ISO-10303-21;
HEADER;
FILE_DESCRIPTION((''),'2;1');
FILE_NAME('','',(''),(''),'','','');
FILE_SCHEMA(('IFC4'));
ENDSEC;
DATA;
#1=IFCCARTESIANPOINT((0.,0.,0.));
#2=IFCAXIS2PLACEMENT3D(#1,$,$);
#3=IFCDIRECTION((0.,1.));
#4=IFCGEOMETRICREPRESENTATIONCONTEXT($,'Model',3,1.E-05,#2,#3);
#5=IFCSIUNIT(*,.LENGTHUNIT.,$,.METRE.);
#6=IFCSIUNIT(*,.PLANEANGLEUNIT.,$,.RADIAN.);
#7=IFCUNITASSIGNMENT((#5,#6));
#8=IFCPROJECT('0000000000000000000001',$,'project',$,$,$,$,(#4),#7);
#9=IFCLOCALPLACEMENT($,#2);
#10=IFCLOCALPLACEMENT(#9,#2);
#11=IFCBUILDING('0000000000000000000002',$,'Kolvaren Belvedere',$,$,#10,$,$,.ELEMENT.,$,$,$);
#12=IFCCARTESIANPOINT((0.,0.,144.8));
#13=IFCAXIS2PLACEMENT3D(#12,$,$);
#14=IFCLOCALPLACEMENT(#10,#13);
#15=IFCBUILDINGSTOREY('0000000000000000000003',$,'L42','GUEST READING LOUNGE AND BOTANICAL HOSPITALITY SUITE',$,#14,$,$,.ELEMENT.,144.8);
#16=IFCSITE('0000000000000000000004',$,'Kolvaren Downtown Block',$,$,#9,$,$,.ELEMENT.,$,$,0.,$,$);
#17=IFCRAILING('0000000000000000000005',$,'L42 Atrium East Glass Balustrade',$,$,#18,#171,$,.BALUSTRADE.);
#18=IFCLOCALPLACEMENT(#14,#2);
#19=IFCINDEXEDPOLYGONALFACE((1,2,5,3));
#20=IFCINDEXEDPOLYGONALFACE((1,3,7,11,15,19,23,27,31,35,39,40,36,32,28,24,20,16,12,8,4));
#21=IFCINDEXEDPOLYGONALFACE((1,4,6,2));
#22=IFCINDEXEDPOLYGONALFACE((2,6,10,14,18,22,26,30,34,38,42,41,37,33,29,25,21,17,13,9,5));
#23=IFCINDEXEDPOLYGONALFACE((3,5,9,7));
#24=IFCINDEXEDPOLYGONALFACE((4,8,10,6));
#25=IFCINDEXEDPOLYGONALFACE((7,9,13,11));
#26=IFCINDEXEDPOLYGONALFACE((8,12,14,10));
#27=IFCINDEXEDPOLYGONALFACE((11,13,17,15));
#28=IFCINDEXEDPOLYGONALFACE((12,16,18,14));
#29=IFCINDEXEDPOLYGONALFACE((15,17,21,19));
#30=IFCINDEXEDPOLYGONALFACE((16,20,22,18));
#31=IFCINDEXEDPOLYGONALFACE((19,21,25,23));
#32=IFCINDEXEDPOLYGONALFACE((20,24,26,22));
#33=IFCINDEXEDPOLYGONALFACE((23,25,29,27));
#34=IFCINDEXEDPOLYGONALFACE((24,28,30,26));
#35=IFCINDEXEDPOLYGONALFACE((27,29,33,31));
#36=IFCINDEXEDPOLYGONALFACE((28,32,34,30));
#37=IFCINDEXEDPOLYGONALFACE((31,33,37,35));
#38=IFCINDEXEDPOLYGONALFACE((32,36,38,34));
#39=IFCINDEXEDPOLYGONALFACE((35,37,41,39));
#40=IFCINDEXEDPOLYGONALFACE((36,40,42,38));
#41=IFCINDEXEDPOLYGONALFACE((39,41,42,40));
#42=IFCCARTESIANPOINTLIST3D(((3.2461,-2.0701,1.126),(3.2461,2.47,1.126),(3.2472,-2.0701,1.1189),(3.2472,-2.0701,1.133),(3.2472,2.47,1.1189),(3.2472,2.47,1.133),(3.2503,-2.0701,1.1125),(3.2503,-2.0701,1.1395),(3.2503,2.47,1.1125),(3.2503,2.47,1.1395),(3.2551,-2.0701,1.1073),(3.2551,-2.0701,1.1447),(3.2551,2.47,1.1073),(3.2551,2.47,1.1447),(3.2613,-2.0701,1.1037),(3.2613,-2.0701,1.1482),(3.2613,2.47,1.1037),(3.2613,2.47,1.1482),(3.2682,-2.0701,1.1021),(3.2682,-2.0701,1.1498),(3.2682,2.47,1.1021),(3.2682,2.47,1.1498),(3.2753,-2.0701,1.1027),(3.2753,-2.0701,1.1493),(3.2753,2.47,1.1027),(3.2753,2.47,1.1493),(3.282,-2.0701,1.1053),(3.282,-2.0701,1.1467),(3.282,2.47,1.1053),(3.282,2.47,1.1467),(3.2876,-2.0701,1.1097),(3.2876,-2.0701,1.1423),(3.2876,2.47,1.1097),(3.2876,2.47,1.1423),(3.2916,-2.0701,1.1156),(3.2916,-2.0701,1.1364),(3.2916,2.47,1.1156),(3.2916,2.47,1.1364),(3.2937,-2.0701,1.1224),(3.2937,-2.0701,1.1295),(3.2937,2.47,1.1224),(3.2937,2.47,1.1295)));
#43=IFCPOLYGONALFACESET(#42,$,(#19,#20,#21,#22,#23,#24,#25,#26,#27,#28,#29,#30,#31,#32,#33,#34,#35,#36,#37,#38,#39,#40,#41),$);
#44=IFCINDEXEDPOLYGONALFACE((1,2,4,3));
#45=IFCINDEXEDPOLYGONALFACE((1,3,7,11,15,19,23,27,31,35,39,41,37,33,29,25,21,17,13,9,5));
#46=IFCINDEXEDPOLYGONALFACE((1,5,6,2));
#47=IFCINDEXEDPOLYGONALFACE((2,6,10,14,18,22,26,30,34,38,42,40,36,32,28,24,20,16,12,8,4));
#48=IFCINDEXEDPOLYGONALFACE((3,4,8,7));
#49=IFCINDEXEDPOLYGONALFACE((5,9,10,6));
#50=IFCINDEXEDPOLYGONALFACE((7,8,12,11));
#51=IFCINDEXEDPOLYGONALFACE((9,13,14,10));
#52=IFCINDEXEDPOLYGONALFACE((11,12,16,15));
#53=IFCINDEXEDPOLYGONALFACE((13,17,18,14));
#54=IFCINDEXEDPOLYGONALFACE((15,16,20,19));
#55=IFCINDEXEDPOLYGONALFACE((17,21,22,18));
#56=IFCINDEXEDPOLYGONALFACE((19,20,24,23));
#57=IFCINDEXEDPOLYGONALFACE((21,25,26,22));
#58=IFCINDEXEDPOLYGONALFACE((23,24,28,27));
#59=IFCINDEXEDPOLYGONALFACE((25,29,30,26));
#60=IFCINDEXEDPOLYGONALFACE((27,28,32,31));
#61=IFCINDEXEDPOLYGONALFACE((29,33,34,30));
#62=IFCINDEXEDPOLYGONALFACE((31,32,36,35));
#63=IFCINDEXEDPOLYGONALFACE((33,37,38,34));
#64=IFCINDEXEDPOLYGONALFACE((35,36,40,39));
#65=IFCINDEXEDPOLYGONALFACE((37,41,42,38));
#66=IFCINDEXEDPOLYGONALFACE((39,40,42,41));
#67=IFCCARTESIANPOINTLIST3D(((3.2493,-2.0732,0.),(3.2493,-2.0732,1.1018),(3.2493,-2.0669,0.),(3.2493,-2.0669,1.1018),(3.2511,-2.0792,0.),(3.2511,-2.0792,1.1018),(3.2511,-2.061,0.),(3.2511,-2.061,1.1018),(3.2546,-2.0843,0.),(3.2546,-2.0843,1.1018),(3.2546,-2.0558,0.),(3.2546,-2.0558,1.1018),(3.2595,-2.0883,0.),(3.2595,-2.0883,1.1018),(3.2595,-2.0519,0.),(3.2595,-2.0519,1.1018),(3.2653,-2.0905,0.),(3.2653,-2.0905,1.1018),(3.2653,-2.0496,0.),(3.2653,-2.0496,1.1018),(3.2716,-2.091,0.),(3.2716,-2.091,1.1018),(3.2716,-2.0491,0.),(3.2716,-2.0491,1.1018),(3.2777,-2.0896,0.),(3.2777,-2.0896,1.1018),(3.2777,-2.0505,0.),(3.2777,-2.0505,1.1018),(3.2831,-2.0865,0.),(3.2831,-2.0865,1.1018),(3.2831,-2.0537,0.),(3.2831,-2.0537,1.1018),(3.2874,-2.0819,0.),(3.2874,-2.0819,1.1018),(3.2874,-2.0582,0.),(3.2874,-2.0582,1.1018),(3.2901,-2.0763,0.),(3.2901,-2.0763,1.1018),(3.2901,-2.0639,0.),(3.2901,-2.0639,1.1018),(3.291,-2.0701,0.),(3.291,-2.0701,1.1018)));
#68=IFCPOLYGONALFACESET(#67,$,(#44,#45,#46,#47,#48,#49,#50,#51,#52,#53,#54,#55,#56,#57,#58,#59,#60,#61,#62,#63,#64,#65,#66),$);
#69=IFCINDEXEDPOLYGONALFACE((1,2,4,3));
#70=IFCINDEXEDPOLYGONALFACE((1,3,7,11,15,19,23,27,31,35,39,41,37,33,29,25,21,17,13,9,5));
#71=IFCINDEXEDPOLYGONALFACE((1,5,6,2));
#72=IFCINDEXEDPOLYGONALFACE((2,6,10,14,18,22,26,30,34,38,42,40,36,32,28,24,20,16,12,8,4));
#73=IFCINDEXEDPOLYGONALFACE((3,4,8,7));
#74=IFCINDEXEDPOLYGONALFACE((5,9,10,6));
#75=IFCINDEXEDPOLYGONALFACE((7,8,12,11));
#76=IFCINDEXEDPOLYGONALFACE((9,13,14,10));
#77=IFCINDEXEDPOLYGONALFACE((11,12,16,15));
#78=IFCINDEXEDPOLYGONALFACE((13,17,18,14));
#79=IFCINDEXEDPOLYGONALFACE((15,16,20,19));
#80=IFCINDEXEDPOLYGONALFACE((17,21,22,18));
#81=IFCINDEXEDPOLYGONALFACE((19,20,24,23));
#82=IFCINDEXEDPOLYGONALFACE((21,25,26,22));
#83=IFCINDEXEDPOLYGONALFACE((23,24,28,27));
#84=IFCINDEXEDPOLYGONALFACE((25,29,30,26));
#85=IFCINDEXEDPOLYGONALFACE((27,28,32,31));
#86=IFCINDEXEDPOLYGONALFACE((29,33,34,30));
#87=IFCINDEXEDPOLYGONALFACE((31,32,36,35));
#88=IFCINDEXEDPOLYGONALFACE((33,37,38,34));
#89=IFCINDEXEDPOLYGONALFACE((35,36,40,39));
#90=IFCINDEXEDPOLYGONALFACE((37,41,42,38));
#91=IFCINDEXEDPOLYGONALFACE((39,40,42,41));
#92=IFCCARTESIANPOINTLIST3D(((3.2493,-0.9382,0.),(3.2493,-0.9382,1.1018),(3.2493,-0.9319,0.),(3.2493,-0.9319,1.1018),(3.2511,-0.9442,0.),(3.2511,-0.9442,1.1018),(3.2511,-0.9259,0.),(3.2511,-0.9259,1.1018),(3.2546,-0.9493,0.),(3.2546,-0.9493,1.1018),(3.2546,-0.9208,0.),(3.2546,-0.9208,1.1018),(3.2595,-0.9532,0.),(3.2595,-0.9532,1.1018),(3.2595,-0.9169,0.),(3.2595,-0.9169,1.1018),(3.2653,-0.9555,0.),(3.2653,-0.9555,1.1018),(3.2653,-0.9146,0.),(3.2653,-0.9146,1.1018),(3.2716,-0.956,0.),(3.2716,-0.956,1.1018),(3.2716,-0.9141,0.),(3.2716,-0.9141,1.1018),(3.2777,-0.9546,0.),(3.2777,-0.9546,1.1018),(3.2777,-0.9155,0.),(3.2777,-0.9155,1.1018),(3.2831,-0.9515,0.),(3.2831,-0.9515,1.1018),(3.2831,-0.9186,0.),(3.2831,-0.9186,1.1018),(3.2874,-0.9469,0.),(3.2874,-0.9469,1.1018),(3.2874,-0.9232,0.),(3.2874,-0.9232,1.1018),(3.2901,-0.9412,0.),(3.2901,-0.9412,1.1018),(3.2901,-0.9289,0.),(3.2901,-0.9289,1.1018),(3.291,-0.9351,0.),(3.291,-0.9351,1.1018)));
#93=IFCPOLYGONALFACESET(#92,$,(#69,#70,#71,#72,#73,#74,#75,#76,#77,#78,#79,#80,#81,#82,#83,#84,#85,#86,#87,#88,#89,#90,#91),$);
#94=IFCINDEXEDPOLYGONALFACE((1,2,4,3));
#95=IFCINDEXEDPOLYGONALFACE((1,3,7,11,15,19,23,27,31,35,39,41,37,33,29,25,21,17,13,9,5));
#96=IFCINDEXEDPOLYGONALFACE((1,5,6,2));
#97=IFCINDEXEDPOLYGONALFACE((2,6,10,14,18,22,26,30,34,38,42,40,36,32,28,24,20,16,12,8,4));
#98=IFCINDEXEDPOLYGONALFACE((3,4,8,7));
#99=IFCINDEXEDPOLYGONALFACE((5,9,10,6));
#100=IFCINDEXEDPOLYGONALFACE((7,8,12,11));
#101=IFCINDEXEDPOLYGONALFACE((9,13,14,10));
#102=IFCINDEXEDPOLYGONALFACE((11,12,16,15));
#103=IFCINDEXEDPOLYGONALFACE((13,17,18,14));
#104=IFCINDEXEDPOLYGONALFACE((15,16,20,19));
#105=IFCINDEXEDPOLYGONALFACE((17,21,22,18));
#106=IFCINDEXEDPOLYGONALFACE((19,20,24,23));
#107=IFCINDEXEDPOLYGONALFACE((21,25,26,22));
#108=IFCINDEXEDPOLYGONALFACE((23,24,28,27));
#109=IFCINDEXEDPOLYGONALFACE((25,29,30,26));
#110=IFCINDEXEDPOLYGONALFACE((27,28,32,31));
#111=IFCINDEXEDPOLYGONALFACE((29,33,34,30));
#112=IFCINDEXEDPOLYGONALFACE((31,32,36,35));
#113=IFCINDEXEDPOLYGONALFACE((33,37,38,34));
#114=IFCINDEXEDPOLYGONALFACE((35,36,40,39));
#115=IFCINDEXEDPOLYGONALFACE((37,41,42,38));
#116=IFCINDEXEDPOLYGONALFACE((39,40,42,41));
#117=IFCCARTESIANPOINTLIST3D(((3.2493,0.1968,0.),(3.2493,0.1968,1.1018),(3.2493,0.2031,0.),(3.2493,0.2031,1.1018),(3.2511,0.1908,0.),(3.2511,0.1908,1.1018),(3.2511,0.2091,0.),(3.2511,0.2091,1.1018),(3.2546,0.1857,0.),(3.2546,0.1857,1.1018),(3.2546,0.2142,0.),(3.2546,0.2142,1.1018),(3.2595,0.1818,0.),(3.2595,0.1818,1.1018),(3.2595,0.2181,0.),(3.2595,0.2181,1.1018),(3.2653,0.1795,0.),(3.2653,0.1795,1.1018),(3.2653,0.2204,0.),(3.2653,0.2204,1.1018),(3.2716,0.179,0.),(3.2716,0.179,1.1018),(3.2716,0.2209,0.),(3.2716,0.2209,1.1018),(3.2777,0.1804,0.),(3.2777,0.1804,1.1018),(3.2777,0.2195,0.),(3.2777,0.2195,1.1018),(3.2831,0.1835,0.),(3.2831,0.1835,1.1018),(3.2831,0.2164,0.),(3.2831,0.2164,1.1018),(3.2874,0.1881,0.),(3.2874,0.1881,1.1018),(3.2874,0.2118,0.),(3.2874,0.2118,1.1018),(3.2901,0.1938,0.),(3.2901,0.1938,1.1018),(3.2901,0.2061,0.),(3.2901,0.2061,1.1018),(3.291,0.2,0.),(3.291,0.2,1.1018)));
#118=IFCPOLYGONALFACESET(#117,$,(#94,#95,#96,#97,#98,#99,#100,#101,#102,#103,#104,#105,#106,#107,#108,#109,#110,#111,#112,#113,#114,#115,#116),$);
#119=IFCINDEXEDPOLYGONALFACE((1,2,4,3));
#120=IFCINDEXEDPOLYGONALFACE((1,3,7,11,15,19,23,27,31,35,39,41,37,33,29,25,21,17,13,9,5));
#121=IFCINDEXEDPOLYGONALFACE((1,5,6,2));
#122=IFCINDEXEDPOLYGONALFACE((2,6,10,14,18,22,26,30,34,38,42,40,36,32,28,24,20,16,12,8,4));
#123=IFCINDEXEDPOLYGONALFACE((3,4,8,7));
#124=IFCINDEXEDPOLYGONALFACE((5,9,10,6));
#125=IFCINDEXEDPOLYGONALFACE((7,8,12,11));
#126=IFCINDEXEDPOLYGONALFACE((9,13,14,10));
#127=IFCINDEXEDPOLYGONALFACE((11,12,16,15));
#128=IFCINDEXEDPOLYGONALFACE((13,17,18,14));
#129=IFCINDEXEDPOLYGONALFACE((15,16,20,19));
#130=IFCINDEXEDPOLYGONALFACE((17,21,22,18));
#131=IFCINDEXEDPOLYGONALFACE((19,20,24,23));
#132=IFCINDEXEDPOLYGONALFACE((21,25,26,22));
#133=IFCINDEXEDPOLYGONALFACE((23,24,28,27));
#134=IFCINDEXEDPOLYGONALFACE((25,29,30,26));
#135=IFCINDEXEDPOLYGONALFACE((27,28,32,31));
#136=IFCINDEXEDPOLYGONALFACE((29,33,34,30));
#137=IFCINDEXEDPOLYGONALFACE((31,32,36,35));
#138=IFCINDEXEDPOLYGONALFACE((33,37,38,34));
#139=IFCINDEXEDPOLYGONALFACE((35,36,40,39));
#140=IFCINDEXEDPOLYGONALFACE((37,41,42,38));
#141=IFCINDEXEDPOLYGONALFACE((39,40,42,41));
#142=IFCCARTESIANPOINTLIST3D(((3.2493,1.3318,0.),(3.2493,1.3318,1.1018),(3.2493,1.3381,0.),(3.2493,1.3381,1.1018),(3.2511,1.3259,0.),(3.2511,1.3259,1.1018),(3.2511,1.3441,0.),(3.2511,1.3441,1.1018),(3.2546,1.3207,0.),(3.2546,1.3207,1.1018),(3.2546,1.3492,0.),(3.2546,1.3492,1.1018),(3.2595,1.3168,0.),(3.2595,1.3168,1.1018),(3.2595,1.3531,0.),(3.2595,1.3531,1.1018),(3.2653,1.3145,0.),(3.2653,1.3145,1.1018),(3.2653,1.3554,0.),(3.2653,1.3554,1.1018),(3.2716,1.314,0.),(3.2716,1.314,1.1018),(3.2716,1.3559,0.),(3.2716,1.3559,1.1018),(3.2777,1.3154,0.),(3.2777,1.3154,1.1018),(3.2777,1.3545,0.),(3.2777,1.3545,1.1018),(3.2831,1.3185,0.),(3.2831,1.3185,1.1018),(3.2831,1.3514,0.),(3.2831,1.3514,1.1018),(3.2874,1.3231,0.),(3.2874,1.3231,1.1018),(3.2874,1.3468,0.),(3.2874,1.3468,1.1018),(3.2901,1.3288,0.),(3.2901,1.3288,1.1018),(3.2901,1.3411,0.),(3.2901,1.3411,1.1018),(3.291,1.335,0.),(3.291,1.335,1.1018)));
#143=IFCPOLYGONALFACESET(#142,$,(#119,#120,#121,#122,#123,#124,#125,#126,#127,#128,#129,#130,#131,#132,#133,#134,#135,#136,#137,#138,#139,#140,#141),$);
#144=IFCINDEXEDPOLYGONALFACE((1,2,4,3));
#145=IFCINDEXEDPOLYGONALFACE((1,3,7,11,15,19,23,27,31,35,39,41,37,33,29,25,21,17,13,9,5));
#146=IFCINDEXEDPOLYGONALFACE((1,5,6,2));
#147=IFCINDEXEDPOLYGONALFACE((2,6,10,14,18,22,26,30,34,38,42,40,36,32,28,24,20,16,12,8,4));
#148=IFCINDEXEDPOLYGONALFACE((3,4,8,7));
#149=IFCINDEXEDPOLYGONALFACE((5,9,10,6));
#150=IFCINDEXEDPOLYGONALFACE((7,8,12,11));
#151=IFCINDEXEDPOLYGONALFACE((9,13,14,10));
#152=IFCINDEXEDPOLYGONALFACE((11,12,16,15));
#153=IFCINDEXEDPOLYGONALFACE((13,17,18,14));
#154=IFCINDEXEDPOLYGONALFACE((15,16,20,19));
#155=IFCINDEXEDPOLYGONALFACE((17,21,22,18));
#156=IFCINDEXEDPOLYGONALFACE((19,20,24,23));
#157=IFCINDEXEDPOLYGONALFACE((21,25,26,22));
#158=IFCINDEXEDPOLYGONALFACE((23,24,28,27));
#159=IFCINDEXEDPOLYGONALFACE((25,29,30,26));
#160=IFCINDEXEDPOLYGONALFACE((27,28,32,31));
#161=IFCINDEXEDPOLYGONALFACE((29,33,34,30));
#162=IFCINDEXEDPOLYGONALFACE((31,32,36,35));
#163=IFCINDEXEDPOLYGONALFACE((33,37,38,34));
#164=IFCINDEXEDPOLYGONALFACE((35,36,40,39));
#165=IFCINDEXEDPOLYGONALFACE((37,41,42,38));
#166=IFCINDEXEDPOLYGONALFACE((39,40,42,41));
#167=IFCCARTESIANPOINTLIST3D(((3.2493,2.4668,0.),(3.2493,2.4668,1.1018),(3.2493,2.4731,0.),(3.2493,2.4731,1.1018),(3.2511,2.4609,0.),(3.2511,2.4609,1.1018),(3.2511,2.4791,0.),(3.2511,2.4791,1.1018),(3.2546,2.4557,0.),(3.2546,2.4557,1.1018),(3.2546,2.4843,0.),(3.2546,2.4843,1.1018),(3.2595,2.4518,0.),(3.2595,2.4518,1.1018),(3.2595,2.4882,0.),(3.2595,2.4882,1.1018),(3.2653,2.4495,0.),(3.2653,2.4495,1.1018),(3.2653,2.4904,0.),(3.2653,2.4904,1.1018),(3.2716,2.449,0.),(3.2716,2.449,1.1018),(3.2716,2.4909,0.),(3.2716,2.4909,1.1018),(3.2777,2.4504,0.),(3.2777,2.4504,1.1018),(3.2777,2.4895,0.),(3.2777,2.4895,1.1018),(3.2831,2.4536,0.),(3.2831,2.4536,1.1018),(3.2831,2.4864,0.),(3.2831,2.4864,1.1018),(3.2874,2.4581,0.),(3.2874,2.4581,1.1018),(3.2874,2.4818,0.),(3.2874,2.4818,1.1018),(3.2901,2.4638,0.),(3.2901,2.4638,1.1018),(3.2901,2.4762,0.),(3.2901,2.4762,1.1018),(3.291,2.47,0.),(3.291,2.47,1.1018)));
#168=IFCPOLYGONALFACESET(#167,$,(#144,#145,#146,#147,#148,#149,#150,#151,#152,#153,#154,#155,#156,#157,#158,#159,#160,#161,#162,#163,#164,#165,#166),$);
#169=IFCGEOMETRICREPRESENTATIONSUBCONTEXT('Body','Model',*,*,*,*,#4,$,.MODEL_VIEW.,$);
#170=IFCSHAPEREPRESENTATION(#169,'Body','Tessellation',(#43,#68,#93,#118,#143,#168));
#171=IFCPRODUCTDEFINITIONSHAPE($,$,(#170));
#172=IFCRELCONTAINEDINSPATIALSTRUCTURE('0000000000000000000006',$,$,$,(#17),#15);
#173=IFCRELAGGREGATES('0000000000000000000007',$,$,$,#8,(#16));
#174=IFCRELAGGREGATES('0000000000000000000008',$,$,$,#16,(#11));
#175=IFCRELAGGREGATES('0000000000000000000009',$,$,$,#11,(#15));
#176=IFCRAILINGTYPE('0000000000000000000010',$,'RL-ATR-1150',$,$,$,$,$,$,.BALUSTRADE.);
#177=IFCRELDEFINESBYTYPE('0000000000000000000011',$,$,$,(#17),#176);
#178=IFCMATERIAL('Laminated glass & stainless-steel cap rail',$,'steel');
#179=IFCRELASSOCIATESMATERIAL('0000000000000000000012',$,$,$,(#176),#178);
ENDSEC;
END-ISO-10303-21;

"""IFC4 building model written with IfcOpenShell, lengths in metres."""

from ifc_helpers import new_model, si_unit, direction, frame, origin, origin_2d, place, context, subcontext, project, spatial, circle, extrude, material, type_object, element, save


model = new_model("IFC4")

# Units and contexts
model_context = context("Model", 3, precision=1e-05, world=origin(), true_north=direction((0.0, 1.0)))
body_context = subcontext(model_context, "Body", "Model", "MODEL_VIEW")
ifc_project = project(units=[si_unit("LENGTHUNIT", "METRE"), si_unit("PLANEANGLEUNIT", "RADIAN")], contexts=[model_context])

# Site, building, storey
site_placement = place(None, origin())
site = spatial("IfcSite", under=ifc_project, at=site_placement, Name="Kolvaren Downtown Block", CompositionType="ELEMENT", RefElevation=0.0)
building_placement = place(site_placement, origin())
building = spatial("IfcBuilding", under=site, at=building_placement, Name="Kolvaren Belvedere", CompositionType="ELEMENT")
storey_placement = place(building_placement, frame((0.0, 0.0, 144.8)))
storey = spatial("IfcBuildingStorey", under=building, at=storey_placement, Name="L42", Description="GUEST READING LOUNGE AND BOTANICAL HOSPITALITY SUITE", CompositionType="ELEMENT", Elevation=144.8)

# Railing
ifc_material_1 = material(Name="Laminated glass & stainless-steel cap rail", Category="steel")
railing_type_1 = type_object("IfcRailingType", Name="RL-ATR-1150", PredefinedType="BALUSTRADE", material=ifc_material_1)
railing_1_placement = place(storey_placement, frame((3.27, -2.0701, 0.0)))
element("IfcRailing", 1, at=railing_1_placement, inside=storey, type_object=railing_type_1, Name="L42 Atrium East Glass Balustrade", PredefinedType="BALUSTRADE", context=body_context, shape_type="SweptSolid", body=[
    extrude(circle(Radius=0.0239, at=origin_2d()), frame((0.0, 0.0, 1.126), z_axis=(0.0, 1.0, 0.0), x_axis=(-1.0, 0.0, 0.0)), (0.0, 0.0, 1.0), 4.54),
    extrude(circle(Radius=0.021, at=origin_2d()), origin(), (0.0, 0.0, 1.0), 1.1018),
    extrude(circle(Radius=0.021, at=origin_2d()), frame((0.0, 1.135, 0.0)), (0.0, 0.0, 1.0), 1.1018),
    extrude(circle(Radius=0.021, at=origin_2d()), frame((0.0, 2.27, 0.0)), (0.0, 0.0, 1.0), 1.1018),
    extrude(circle(Radius=0.021, at=origin_2d()), frame((0.0, 3.405, 0.0)), (0.0, 0.0, 1.0), 1.1018),
    extrude(circle(Radius=0.021, at=origin_2d()), frame((0.0, 4.54, 0.0)), (0.0, 0.0, 1.0), 1.1018),
])

save(model, "model.ifc")
